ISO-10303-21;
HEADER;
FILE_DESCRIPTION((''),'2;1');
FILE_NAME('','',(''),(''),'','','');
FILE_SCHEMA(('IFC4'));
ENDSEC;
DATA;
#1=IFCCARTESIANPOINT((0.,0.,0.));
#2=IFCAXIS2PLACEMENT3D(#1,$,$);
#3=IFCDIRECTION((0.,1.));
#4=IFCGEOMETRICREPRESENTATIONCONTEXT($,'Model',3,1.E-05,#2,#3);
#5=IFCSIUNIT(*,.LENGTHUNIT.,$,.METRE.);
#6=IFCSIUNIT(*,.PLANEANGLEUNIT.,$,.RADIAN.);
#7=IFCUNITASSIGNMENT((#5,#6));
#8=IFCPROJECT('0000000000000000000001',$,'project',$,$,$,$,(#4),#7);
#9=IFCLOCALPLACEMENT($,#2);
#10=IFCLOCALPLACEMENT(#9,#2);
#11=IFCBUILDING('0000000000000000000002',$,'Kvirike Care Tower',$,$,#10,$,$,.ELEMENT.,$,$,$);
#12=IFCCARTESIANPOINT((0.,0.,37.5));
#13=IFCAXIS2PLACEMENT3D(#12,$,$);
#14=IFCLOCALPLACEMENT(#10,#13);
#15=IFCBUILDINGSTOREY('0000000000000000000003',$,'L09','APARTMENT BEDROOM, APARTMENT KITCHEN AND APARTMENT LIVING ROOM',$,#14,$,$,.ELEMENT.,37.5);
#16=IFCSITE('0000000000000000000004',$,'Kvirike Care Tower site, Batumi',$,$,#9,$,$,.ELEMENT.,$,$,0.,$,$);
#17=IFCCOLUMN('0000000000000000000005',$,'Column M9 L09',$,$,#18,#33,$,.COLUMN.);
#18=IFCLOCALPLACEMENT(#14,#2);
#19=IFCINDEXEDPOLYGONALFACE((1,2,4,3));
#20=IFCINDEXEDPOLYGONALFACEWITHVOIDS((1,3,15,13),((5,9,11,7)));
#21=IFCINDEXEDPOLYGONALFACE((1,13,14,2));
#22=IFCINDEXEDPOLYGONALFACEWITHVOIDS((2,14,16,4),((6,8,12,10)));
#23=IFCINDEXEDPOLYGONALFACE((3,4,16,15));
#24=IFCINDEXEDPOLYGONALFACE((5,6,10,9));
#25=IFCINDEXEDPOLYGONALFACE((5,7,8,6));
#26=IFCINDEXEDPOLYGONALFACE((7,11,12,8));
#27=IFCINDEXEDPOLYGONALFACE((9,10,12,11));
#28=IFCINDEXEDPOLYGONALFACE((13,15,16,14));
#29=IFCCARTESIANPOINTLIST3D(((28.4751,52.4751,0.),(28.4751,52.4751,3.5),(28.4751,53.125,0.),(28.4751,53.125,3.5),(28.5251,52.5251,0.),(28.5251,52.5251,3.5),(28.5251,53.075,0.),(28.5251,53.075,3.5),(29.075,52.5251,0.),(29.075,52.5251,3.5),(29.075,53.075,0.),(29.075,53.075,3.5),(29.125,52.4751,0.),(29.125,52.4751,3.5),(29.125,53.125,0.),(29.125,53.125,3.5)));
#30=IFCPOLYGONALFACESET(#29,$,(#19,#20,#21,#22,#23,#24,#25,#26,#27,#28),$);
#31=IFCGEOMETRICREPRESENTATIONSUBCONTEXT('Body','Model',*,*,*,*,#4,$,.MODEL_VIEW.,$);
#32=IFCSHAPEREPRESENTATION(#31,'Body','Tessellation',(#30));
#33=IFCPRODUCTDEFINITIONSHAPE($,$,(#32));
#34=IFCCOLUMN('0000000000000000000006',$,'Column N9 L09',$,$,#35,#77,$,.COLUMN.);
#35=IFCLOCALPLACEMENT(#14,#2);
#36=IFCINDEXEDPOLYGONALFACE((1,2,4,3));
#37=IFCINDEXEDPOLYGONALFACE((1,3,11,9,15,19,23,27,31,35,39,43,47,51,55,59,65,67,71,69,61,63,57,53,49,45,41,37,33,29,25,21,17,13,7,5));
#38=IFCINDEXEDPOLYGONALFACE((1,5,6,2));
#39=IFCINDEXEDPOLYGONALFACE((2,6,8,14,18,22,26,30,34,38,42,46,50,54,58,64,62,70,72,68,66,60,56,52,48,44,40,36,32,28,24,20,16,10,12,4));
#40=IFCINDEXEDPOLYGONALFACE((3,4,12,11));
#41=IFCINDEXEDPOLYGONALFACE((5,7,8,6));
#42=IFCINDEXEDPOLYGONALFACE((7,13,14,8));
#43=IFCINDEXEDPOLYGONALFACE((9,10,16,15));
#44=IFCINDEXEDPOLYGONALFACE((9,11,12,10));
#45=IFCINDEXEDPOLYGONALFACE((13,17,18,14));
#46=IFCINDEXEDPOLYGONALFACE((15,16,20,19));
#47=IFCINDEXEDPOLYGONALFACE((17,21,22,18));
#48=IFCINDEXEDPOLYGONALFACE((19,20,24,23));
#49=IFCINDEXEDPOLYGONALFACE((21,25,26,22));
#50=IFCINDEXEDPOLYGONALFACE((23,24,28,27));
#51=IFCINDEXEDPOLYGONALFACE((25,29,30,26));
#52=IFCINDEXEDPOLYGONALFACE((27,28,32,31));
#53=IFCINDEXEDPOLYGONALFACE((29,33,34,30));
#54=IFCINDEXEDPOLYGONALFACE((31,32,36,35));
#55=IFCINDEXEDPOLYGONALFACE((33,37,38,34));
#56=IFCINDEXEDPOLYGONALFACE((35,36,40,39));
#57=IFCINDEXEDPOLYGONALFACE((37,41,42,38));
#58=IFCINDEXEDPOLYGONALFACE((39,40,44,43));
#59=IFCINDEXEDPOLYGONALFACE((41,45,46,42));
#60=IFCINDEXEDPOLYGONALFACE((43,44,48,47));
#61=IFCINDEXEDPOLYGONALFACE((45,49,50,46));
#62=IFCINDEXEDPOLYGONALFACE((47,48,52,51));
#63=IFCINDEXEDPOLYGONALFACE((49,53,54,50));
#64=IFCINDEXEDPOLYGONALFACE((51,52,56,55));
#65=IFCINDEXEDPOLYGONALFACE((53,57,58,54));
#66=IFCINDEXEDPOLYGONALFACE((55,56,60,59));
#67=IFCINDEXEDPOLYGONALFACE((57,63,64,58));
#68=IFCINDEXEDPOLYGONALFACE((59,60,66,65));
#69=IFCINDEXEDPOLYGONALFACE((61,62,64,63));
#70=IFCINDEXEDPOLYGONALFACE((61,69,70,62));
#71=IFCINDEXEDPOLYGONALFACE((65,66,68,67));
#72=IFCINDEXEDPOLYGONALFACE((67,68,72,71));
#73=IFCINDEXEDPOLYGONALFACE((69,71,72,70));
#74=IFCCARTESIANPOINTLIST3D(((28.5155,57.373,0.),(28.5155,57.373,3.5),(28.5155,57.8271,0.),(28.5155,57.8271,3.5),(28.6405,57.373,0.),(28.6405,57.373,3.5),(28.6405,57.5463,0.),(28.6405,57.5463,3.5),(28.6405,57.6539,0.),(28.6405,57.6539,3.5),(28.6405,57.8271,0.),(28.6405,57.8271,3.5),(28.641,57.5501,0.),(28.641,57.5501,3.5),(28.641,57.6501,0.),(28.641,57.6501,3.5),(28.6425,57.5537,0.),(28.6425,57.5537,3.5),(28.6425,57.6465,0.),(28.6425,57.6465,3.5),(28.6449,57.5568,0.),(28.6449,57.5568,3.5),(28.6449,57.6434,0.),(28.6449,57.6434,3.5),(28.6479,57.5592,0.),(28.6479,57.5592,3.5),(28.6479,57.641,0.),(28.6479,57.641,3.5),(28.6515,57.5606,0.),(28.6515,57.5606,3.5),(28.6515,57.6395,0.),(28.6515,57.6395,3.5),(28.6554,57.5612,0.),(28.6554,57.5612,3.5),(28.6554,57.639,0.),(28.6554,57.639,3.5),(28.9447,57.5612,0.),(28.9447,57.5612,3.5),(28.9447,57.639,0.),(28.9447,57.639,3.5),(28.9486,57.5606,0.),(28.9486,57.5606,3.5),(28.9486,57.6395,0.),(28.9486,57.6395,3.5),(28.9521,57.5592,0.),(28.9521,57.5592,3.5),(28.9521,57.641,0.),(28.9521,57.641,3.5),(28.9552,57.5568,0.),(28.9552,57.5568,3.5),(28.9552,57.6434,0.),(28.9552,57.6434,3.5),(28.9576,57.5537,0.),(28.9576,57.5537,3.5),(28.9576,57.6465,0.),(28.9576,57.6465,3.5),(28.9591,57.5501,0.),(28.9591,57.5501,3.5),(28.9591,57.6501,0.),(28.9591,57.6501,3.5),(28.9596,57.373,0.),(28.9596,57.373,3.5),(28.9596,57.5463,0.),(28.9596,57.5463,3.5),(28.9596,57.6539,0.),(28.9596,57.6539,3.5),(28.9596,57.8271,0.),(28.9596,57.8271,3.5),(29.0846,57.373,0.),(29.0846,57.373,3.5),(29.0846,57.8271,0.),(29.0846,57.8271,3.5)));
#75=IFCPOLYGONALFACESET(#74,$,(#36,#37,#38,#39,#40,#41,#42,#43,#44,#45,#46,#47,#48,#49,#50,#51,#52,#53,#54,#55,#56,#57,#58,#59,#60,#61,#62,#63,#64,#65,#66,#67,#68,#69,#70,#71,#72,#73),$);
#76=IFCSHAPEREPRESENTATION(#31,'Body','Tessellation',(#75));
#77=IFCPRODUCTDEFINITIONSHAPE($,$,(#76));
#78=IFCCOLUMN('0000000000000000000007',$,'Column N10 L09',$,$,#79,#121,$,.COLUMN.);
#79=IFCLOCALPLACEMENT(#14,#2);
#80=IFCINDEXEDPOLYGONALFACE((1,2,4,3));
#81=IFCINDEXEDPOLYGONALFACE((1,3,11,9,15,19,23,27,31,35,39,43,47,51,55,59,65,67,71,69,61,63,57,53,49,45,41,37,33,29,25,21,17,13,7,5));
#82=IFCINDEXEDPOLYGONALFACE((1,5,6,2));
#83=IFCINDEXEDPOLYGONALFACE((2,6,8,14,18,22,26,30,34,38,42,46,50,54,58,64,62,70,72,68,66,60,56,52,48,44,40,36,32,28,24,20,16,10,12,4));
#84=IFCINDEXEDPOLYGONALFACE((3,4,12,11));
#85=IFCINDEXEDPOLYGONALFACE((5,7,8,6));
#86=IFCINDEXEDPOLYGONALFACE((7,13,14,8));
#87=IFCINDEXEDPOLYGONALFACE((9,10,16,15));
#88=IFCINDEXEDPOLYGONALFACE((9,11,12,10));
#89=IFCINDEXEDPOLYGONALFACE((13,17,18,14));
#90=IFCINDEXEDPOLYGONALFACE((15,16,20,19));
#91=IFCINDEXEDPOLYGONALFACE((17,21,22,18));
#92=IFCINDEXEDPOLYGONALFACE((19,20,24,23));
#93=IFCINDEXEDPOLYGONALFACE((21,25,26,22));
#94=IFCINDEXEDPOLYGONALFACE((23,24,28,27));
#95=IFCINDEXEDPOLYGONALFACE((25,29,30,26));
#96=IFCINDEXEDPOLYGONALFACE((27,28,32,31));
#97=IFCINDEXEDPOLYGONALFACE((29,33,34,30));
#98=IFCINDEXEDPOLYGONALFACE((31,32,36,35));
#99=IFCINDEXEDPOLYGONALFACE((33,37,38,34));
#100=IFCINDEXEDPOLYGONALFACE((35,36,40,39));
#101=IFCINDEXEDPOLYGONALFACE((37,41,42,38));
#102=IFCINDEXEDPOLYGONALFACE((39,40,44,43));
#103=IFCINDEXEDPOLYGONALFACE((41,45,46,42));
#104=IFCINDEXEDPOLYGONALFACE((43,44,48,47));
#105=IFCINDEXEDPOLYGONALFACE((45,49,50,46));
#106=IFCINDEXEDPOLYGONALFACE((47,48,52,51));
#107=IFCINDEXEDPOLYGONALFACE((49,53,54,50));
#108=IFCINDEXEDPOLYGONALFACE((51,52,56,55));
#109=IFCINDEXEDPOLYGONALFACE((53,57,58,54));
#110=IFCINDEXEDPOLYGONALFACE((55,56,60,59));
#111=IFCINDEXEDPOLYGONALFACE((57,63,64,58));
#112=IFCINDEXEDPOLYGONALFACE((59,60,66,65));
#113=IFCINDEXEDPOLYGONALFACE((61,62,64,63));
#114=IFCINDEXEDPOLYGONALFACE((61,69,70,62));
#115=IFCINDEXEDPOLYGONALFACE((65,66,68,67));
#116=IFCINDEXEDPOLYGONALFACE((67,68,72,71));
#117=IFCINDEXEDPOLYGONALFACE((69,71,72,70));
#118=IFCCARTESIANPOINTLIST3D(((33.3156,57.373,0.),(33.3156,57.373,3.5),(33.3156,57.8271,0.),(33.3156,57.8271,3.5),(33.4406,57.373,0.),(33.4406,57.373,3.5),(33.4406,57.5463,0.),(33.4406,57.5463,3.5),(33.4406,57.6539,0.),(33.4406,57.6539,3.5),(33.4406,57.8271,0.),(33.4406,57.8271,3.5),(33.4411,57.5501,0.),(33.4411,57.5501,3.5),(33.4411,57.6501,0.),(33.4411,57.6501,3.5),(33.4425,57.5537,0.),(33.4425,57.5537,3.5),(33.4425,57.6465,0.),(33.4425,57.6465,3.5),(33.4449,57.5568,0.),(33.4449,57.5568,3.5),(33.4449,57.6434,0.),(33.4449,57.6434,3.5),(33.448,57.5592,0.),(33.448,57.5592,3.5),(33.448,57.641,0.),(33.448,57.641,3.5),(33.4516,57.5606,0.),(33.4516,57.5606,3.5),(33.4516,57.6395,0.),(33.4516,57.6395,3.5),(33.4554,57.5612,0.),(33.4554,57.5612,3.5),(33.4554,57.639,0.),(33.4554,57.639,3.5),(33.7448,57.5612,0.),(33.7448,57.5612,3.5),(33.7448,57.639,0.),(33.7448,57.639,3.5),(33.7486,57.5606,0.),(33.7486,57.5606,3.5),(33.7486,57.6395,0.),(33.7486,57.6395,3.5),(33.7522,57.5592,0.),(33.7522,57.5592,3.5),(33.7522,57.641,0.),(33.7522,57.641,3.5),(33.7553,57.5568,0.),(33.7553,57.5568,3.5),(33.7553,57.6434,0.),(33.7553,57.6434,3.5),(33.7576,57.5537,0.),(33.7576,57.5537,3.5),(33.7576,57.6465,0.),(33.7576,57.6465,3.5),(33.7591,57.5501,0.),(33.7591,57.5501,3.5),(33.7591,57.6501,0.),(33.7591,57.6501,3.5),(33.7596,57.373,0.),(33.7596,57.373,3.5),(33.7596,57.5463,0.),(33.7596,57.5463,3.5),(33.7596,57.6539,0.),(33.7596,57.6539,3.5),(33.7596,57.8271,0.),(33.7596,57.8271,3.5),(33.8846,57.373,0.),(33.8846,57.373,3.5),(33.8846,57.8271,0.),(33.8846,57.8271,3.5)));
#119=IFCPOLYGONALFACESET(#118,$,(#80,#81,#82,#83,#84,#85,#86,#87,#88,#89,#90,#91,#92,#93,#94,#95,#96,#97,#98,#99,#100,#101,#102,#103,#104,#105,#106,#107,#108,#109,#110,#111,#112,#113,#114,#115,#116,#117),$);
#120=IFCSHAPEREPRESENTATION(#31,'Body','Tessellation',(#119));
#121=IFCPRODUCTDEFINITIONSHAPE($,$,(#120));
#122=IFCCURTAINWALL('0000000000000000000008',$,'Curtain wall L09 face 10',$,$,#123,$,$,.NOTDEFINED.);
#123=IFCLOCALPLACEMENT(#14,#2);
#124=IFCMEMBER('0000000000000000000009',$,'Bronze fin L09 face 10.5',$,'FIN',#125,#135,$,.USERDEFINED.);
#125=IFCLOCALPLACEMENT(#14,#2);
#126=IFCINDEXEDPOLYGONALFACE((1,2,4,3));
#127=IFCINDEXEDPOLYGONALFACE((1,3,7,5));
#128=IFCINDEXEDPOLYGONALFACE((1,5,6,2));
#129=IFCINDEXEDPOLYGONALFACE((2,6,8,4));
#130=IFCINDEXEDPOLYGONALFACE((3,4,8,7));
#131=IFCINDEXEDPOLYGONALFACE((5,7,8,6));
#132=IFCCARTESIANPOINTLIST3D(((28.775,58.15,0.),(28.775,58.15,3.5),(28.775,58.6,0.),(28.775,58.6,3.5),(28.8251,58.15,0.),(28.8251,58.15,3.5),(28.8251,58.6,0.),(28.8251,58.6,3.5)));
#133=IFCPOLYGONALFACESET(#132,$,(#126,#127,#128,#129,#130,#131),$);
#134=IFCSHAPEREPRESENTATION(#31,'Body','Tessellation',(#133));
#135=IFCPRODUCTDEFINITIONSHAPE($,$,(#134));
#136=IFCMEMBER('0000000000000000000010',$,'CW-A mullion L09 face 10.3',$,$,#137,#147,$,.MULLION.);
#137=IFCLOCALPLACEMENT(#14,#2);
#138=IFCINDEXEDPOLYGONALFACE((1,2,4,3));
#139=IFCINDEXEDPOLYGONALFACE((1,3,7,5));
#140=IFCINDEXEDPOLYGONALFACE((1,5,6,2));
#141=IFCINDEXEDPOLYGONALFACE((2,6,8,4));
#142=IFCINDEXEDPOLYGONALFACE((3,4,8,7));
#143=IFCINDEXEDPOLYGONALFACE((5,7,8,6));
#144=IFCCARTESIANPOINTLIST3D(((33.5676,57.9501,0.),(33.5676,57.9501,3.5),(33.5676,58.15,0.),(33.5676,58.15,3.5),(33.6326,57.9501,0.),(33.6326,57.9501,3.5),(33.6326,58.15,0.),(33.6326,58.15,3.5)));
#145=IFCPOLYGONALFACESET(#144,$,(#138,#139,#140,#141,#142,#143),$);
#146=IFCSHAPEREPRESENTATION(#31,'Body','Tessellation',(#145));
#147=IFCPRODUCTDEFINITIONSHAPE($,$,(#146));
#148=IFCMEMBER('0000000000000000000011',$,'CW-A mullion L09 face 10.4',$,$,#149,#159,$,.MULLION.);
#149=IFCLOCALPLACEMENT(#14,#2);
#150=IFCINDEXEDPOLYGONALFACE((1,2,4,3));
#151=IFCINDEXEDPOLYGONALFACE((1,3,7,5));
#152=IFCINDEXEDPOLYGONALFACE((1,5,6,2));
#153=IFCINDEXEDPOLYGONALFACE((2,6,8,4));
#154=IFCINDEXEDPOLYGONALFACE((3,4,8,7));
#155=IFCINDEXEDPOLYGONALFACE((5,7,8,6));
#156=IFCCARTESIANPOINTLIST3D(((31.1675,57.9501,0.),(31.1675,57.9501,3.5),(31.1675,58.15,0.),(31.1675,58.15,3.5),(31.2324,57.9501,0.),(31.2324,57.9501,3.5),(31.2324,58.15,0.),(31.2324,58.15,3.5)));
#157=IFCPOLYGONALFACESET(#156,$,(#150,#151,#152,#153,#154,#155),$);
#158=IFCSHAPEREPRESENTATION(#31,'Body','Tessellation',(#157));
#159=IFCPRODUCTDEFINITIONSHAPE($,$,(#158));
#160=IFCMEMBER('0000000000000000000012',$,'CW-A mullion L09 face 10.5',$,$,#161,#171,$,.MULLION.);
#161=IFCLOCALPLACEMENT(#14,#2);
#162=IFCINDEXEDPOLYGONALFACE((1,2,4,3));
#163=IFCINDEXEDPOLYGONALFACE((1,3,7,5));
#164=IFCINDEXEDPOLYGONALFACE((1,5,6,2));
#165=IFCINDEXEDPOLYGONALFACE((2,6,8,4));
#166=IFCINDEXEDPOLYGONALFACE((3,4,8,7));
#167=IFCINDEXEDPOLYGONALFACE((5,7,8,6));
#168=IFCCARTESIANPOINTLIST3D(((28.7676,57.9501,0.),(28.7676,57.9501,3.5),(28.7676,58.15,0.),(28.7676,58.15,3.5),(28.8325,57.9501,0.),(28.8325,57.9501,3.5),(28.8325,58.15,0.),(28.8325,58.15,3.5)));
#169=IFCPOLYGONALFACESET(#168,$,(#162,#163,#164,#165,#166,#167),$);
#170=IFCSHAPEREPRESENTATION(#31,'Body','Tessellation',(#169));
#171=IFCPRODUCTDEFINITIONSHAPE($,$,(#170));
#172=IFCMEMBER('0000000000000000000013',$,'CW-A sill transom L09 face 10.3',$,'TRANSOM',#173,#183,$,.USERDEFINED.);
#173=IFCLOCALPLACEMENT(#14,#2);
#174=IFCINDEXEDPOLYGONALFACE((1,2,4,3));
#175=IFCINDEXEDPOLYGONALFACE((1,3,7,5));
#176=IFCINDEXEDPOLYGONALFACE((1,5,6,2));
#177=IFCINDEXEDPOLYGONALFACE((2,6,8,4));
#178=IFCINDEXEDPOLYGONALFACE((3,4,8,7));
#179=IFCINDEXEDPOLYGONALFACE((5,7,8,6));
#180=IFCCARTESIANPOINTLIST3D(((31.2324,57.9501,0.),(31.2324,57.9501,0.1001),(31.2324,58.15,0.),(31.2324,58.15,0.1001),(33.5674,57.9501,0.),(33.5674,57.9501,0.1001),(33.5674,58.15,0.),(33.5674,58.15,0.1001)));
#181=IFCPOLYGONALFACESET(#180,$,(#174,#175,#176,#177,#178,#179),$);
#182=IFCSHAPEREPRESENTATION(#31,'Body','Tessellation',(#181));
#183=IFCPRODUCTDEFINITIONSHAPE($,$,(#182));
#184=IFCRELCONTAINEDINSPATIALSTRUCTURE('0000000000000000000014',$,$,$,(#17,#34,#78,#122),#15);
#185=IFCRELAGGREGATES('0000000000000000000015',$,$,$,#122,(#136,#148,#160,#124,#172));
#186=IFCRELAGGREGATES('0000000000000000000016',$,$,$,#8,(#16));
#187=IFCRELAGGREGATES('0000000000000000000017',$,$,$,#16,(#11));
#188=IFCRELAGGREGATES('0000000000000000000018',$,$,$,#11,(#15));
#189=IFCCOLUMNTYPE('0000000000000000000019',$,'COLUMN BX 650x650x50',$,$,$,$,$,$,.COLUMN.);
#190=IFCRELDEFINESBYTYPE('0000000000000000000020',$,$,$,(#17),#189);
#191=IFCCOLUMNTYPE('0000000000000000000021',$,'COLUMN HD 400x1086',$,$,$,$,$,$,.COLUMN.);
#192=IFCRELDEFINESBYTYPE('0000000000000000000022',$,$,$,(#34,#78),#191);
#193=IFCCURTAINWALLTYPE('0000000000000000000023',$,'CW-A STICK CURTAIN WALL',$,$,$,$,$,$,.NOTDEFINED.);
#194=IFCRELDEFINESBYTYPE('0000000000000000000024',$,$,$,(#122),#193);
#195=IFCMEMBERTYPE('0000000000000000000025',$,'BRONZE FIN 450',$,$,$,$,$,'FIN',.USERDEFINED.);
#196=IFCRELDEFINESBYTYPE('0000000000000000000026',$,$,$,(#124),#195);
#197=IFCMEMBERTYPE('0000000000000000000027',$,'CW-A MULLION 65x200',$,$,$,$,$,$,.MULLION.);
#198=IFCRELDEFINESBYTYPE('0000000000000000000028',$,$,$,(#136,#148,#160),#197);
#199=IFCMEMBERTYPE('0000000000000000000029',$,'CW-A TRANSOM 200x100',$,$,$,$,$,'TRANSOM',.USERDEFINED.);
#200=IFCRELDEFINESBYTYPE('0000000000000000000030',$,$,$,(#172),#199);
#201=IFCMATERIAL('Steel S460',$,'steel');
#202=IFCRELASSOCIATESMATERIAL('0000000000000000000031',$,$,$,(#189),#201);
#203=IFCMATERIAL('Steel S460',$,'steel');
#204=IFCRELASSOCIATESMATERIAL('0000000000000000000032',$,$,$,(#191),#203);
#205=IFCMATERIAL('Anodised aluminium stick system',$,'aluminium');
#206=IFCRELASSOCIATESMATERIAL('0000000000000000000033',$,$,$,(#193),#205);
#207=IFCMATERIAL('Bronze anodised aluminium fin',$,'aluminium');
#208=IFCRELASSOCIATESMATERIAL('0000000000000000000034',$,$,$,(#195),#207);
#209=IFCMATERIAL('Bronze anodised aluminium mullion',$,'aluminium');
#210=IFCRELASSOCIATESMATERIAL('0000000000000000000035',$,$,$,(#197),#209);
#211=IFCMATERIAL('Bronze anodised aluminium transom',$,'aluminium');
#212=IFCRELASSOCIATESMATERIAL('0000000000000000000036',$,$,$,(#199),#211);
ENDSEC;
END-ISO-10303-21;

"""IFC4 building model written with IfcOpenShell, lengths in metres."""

from ifc_helpers import new_model, si_unit, direction, frame, origin, origin_2d, place, context, subcontext, project, spatial, rectangle, hollow_rectangle, i_section, extrude, material, material_profile, profile_set, type_object, element, aggregate, save


model = new_model("IFC4")

# Units and contexts
model_context = context("Model", 3, precision=1e-05, world=origin(), true_north=direction((0.0, 1.0)))
body_context = subcontext(model_context, "Body", "Model", "MODEL_VIEW")
ifc_project = project(units=[si_unit("LENGTHUNIT", "METRE"), si_unit("PLANEANGLEUNIT", "RADIAN")], contexts=[model_context])

# Site, building, storey
site_placement = place(None, origin())
site = spatial("IfcSite", under=ifc_project, at=site_placement, Name="Kvirike Care Tower site, Batumi", CompositionType="ELEMENT", RefElevation=0.0)
building_placement = place(site_placement, origin())
building = spatial("IfcBuilding", under=site, at=building_placement, Name="Kvirike Care Tower", CompositionType="ELEMENT")
storey_placement = place(building_placement, frame((0.0, 0.0, 37.5)))
storey = spatial("IfcBuildingStorey", under=building, at=storey_placement, Name="L09", Description="APARTMENT BEDROOM, APARTMENT KITCHEN AND APARTMENT LIVING ROOM", CompositionType="ELEMENT", Elevation=37.5)

# Columns
ifc_material_1 = material(Name="Steel S460", Category="steel")
ifc_material_profile_1 = material_profile(ifc_material_1, hollow_rectangle(XDim=0.6499, YDim=0.6499, WallThickness=0.05, at=origin_2d()), Name="BX 650x650x50")
ifc_profile_set_1 = profile_set([ifc_material_profile_1], Name="Steel S460")
column_type_1 = type_object("IfcColumnType", Name="COLUMN BX 650x650x50", PredefinedType="COLUMN", material=ifc_profile_set_1)
column_placement = place(storey_placement, frame((28.8, 52.8, 0.0), z_axis=(0.0, 0.0, 1.0), x_axis=(1.0, 0.0, 0.0)))
element("IfcColumn", 1, at=column_placement, inside=storey, type_object=column_type_1, Name="Column M9 L09", PredefinedType="COLUMN", context=body_context, shape_type="SweptSolid", body=[
    extrude(hollow_rectangle(XDim=0.6499, YDim=0.6499, WallThickness=0.05, at=origin_2d()), origin(), (0.0, 0.0, 1.0), 3.5),
])
ifc_material_2 = material(Name="Steel S460", Category="steel")
ifc_material_profile_2 = material_profile(ifc_material_2, i_section(OverallWidth=0.4541, OverallDepth=0.5691, WebThickness=0.0779, FlangeThickness=0.125, FilletRadius=0.0149, at=origin_2d()), Name="HD 400x1086")
ifc_profile_set_2 = profile_set([ifc_material_profile_2], Name="Steel S460")
column_type_2 = type_object("IfcColumnType", Name="COLUMN HD 400x1086", PredefinedType="COLUMN", material=ifc_profile_set_2)
for number, where, z_axis, x_axis, name in (
    (2, (28.8, 57.6001, 0.0), (0.0, 0.0, 1.0), (0.0, 1.0, 0.0), "Column N9 L09"),
    (3, (33.6001, 57.6001, 0.0), (0.0, 0.0, 1.0), (0.0, 1.0, 0.0), "Column N10 L09"),
):
    element("IfcColumn", number, at=place(storey_placement, frame(where, z_axis=z_axis, x_axis=x_axis)), inside=storey, type_object=column_type_2, Name=name, PredefinedType="COLUMN", context=body_context, shape_type="SweptSolid", body=[
        extrude(i_section(OverallWidth=0.4541, OverallDepth=0.5691, WebThickness=0.0779, FlangeThickness=0.125, FilletRadius=0.0149, at=origin_2d()), origin(), (0.0, 0.0, 1.0), 3.5),
    ])

# Curtain wall, members
ifc_material_3 = material(Name="Anodised aluminium stick system", Category="aluminium")
curtain_wall_type = type_object("IfcCurtainWallType", Name="CW-A STICK CURTAIN WALL", PredefinedType="NOTDEFINED", material=ifc_material_3)
curtain_wall_placement = place(storey_placement, origin())
curtain_wall = element("IfcCurtainWall", 4, at=curtain_wall_placement, inside=storey, type_object=curtain_wall_type, Name="Curtain wall L09 face 10", PredefinedType="NOTDEFINED")
ifc_material_4 = material(Name="Bronze anodised aluminium fin", Category="aluminium")
ifc_material_profile_3 = material_profile(ifc_material_4, rectangle(XDim=0.05, YDim=0.45, at=origin_2d()), Name="BRONZE FIN 450")
ifc_profile_set_3 = profile_set([ifc_material_profile_3], Name="Bronze anodised aluminium fin")
member_type_1 = type_object("IfcMemberType", Name="BRONZE FIN 450", ElementType="FIN", PredefinedType="USERDEFINED", material=ifc_profile_set_3)
member_1_placement = place(storey_placement, frame((28.8, 58.375, 0.0), z_axis=(0.0, 0.0, 1.0), x_axis=(-1.0, 0.0, 0.0)))
member_1 = element("IfcMember", 5, at=member_1_placement, type_object=member_type_1, Name="Bronze fin L09 face 10.5", ObjectType="FIN", PredefinedType="USERDEFINED", context=body_context, shape_type="SweptSolid", body=[
    extrude(rectangle(XDim=0.05, YDim=0.45, at=origin_2d()), origin(), (0.0, 0.0, 1.0), 3.5),
])
ifc_material_5 = material(Name="Bronze anodised aluminium mullion", Category="aluminium")
ifc_material_profile_4 = material_profile(ifc_material_5, rectangle(XDim=0.0649, YDim=0.2, at=origin_2d()), Name="CW-A MULLION 65x200")
ifc_profile_set_4 = profile_set([ifc_material_profile_4], Name="Bronze anodised aluminium mullion")
member_type_2 = type_object("IfcMemberType", Name="CW-A MULLION 65x200", PredefinedType="MULLION", material=ifc_profile_set_4)
member_2_placement = place(storey_placement, frame((33.6001, 58.05, 0.0), z_axis=(0.0, 0.0, 1.0), x_axis=(-1.0, 0.0, 0.0)))
member_2 = element("IfcMember", 6, at=member_2_placement, type_object=member_type_2, Name="CW-A mullion L09 face 10.3", PredefinedType="MULLION", context=body_context, shape_type="SweptSolid", body=[
    extrude(rectangle(XDim=0.0649, YDim=0.2, at=origin_2d()), origin(), (0.0, 0.0, 1.0), 3.5),
])
member_3_placement = place(storey_placement, frame((31.2, 58.05, 0.0), z_axis=(0.0, 0.0, 1.0), x_axis=(-1.0, 0.0, 0.0)))
member_3 = element("IfcMember", 7, at=member_3_placement, type_object=member_type_2, Name="CW-A mullion L09 face 10.4", PredefinedType="MULLION", context=body_context, shape_type="SweptSolid", body=[
    extrude(rectangle(XDim=0.0649, YDim=0.2, at=origin_2d()), origin(), (0.0, 0.0, 1.0), 3.5),
])
member_4_placement = place(storey_placement, frame((28.8, 58.05, 0.0), z_axis=(0.0, 0.0, 1.0), x_axis=(-1.0, 0.0, 0.0)))
member_4 = element("IfcMember", 8, at=member_4_placement, type_object=member_type_2, Name="CW-A mullion L09 face 10.5", PredefinedType="MULLION", context=body_context, shape_type="SweptSolid", body=[
    extrude(rectangle(XDim=0.0649, YDim=0.2, at=origin_2d()), origin(), (0.0, 0.0, 1.0), 3.5),
])
ifc_material_6 = material(Name="Bronze anodised aluminium transom", Category="aluminium")
ifc_material_profile_5 = material_profile(ifc_material_6, rectangle(XDim=0.2, YDim=0.1001, at=origin_2d()), Name="CW-A TRANSOM 200x100")
ifc_profile_set_5 = profile_set([ifc_material_profile_5], Name="Bronze anodised aluminium transom")
member_type_3 = type_object("IfcMemberType", Name="CW-A TRANSOM 200x100", ElementType="TRANSOM", PredefinedType="USERDEFINED", material=ifc_profile_set_5)
member_5_placement = place(storey_placement, frame((33.5674, 58.05, 0.05), z_axis=(-1.0, 0.0, 0.0), x_axis=(0.0, -1.0, 0.0)))
member_5 = element("IfcMember", 9, at=member_5_placement, type_object=member_type_3, Name="CW-A sill transom L09 face 10.3", ObjectType="TRANSOM", PredefinedType="USERDEFINED", context=body_context, shape_type="SweptSolid", body=[
    extrude(rectangle(XDim=0.2, YDim=0.1001, at=origin_2d()), origin(), (0.0, 0.0, 1.0), 2.335),
])

aggregate(curtain_wall, [member_2, member_3, member_4, member_1, member_5])

save(model, "model.ifc")
